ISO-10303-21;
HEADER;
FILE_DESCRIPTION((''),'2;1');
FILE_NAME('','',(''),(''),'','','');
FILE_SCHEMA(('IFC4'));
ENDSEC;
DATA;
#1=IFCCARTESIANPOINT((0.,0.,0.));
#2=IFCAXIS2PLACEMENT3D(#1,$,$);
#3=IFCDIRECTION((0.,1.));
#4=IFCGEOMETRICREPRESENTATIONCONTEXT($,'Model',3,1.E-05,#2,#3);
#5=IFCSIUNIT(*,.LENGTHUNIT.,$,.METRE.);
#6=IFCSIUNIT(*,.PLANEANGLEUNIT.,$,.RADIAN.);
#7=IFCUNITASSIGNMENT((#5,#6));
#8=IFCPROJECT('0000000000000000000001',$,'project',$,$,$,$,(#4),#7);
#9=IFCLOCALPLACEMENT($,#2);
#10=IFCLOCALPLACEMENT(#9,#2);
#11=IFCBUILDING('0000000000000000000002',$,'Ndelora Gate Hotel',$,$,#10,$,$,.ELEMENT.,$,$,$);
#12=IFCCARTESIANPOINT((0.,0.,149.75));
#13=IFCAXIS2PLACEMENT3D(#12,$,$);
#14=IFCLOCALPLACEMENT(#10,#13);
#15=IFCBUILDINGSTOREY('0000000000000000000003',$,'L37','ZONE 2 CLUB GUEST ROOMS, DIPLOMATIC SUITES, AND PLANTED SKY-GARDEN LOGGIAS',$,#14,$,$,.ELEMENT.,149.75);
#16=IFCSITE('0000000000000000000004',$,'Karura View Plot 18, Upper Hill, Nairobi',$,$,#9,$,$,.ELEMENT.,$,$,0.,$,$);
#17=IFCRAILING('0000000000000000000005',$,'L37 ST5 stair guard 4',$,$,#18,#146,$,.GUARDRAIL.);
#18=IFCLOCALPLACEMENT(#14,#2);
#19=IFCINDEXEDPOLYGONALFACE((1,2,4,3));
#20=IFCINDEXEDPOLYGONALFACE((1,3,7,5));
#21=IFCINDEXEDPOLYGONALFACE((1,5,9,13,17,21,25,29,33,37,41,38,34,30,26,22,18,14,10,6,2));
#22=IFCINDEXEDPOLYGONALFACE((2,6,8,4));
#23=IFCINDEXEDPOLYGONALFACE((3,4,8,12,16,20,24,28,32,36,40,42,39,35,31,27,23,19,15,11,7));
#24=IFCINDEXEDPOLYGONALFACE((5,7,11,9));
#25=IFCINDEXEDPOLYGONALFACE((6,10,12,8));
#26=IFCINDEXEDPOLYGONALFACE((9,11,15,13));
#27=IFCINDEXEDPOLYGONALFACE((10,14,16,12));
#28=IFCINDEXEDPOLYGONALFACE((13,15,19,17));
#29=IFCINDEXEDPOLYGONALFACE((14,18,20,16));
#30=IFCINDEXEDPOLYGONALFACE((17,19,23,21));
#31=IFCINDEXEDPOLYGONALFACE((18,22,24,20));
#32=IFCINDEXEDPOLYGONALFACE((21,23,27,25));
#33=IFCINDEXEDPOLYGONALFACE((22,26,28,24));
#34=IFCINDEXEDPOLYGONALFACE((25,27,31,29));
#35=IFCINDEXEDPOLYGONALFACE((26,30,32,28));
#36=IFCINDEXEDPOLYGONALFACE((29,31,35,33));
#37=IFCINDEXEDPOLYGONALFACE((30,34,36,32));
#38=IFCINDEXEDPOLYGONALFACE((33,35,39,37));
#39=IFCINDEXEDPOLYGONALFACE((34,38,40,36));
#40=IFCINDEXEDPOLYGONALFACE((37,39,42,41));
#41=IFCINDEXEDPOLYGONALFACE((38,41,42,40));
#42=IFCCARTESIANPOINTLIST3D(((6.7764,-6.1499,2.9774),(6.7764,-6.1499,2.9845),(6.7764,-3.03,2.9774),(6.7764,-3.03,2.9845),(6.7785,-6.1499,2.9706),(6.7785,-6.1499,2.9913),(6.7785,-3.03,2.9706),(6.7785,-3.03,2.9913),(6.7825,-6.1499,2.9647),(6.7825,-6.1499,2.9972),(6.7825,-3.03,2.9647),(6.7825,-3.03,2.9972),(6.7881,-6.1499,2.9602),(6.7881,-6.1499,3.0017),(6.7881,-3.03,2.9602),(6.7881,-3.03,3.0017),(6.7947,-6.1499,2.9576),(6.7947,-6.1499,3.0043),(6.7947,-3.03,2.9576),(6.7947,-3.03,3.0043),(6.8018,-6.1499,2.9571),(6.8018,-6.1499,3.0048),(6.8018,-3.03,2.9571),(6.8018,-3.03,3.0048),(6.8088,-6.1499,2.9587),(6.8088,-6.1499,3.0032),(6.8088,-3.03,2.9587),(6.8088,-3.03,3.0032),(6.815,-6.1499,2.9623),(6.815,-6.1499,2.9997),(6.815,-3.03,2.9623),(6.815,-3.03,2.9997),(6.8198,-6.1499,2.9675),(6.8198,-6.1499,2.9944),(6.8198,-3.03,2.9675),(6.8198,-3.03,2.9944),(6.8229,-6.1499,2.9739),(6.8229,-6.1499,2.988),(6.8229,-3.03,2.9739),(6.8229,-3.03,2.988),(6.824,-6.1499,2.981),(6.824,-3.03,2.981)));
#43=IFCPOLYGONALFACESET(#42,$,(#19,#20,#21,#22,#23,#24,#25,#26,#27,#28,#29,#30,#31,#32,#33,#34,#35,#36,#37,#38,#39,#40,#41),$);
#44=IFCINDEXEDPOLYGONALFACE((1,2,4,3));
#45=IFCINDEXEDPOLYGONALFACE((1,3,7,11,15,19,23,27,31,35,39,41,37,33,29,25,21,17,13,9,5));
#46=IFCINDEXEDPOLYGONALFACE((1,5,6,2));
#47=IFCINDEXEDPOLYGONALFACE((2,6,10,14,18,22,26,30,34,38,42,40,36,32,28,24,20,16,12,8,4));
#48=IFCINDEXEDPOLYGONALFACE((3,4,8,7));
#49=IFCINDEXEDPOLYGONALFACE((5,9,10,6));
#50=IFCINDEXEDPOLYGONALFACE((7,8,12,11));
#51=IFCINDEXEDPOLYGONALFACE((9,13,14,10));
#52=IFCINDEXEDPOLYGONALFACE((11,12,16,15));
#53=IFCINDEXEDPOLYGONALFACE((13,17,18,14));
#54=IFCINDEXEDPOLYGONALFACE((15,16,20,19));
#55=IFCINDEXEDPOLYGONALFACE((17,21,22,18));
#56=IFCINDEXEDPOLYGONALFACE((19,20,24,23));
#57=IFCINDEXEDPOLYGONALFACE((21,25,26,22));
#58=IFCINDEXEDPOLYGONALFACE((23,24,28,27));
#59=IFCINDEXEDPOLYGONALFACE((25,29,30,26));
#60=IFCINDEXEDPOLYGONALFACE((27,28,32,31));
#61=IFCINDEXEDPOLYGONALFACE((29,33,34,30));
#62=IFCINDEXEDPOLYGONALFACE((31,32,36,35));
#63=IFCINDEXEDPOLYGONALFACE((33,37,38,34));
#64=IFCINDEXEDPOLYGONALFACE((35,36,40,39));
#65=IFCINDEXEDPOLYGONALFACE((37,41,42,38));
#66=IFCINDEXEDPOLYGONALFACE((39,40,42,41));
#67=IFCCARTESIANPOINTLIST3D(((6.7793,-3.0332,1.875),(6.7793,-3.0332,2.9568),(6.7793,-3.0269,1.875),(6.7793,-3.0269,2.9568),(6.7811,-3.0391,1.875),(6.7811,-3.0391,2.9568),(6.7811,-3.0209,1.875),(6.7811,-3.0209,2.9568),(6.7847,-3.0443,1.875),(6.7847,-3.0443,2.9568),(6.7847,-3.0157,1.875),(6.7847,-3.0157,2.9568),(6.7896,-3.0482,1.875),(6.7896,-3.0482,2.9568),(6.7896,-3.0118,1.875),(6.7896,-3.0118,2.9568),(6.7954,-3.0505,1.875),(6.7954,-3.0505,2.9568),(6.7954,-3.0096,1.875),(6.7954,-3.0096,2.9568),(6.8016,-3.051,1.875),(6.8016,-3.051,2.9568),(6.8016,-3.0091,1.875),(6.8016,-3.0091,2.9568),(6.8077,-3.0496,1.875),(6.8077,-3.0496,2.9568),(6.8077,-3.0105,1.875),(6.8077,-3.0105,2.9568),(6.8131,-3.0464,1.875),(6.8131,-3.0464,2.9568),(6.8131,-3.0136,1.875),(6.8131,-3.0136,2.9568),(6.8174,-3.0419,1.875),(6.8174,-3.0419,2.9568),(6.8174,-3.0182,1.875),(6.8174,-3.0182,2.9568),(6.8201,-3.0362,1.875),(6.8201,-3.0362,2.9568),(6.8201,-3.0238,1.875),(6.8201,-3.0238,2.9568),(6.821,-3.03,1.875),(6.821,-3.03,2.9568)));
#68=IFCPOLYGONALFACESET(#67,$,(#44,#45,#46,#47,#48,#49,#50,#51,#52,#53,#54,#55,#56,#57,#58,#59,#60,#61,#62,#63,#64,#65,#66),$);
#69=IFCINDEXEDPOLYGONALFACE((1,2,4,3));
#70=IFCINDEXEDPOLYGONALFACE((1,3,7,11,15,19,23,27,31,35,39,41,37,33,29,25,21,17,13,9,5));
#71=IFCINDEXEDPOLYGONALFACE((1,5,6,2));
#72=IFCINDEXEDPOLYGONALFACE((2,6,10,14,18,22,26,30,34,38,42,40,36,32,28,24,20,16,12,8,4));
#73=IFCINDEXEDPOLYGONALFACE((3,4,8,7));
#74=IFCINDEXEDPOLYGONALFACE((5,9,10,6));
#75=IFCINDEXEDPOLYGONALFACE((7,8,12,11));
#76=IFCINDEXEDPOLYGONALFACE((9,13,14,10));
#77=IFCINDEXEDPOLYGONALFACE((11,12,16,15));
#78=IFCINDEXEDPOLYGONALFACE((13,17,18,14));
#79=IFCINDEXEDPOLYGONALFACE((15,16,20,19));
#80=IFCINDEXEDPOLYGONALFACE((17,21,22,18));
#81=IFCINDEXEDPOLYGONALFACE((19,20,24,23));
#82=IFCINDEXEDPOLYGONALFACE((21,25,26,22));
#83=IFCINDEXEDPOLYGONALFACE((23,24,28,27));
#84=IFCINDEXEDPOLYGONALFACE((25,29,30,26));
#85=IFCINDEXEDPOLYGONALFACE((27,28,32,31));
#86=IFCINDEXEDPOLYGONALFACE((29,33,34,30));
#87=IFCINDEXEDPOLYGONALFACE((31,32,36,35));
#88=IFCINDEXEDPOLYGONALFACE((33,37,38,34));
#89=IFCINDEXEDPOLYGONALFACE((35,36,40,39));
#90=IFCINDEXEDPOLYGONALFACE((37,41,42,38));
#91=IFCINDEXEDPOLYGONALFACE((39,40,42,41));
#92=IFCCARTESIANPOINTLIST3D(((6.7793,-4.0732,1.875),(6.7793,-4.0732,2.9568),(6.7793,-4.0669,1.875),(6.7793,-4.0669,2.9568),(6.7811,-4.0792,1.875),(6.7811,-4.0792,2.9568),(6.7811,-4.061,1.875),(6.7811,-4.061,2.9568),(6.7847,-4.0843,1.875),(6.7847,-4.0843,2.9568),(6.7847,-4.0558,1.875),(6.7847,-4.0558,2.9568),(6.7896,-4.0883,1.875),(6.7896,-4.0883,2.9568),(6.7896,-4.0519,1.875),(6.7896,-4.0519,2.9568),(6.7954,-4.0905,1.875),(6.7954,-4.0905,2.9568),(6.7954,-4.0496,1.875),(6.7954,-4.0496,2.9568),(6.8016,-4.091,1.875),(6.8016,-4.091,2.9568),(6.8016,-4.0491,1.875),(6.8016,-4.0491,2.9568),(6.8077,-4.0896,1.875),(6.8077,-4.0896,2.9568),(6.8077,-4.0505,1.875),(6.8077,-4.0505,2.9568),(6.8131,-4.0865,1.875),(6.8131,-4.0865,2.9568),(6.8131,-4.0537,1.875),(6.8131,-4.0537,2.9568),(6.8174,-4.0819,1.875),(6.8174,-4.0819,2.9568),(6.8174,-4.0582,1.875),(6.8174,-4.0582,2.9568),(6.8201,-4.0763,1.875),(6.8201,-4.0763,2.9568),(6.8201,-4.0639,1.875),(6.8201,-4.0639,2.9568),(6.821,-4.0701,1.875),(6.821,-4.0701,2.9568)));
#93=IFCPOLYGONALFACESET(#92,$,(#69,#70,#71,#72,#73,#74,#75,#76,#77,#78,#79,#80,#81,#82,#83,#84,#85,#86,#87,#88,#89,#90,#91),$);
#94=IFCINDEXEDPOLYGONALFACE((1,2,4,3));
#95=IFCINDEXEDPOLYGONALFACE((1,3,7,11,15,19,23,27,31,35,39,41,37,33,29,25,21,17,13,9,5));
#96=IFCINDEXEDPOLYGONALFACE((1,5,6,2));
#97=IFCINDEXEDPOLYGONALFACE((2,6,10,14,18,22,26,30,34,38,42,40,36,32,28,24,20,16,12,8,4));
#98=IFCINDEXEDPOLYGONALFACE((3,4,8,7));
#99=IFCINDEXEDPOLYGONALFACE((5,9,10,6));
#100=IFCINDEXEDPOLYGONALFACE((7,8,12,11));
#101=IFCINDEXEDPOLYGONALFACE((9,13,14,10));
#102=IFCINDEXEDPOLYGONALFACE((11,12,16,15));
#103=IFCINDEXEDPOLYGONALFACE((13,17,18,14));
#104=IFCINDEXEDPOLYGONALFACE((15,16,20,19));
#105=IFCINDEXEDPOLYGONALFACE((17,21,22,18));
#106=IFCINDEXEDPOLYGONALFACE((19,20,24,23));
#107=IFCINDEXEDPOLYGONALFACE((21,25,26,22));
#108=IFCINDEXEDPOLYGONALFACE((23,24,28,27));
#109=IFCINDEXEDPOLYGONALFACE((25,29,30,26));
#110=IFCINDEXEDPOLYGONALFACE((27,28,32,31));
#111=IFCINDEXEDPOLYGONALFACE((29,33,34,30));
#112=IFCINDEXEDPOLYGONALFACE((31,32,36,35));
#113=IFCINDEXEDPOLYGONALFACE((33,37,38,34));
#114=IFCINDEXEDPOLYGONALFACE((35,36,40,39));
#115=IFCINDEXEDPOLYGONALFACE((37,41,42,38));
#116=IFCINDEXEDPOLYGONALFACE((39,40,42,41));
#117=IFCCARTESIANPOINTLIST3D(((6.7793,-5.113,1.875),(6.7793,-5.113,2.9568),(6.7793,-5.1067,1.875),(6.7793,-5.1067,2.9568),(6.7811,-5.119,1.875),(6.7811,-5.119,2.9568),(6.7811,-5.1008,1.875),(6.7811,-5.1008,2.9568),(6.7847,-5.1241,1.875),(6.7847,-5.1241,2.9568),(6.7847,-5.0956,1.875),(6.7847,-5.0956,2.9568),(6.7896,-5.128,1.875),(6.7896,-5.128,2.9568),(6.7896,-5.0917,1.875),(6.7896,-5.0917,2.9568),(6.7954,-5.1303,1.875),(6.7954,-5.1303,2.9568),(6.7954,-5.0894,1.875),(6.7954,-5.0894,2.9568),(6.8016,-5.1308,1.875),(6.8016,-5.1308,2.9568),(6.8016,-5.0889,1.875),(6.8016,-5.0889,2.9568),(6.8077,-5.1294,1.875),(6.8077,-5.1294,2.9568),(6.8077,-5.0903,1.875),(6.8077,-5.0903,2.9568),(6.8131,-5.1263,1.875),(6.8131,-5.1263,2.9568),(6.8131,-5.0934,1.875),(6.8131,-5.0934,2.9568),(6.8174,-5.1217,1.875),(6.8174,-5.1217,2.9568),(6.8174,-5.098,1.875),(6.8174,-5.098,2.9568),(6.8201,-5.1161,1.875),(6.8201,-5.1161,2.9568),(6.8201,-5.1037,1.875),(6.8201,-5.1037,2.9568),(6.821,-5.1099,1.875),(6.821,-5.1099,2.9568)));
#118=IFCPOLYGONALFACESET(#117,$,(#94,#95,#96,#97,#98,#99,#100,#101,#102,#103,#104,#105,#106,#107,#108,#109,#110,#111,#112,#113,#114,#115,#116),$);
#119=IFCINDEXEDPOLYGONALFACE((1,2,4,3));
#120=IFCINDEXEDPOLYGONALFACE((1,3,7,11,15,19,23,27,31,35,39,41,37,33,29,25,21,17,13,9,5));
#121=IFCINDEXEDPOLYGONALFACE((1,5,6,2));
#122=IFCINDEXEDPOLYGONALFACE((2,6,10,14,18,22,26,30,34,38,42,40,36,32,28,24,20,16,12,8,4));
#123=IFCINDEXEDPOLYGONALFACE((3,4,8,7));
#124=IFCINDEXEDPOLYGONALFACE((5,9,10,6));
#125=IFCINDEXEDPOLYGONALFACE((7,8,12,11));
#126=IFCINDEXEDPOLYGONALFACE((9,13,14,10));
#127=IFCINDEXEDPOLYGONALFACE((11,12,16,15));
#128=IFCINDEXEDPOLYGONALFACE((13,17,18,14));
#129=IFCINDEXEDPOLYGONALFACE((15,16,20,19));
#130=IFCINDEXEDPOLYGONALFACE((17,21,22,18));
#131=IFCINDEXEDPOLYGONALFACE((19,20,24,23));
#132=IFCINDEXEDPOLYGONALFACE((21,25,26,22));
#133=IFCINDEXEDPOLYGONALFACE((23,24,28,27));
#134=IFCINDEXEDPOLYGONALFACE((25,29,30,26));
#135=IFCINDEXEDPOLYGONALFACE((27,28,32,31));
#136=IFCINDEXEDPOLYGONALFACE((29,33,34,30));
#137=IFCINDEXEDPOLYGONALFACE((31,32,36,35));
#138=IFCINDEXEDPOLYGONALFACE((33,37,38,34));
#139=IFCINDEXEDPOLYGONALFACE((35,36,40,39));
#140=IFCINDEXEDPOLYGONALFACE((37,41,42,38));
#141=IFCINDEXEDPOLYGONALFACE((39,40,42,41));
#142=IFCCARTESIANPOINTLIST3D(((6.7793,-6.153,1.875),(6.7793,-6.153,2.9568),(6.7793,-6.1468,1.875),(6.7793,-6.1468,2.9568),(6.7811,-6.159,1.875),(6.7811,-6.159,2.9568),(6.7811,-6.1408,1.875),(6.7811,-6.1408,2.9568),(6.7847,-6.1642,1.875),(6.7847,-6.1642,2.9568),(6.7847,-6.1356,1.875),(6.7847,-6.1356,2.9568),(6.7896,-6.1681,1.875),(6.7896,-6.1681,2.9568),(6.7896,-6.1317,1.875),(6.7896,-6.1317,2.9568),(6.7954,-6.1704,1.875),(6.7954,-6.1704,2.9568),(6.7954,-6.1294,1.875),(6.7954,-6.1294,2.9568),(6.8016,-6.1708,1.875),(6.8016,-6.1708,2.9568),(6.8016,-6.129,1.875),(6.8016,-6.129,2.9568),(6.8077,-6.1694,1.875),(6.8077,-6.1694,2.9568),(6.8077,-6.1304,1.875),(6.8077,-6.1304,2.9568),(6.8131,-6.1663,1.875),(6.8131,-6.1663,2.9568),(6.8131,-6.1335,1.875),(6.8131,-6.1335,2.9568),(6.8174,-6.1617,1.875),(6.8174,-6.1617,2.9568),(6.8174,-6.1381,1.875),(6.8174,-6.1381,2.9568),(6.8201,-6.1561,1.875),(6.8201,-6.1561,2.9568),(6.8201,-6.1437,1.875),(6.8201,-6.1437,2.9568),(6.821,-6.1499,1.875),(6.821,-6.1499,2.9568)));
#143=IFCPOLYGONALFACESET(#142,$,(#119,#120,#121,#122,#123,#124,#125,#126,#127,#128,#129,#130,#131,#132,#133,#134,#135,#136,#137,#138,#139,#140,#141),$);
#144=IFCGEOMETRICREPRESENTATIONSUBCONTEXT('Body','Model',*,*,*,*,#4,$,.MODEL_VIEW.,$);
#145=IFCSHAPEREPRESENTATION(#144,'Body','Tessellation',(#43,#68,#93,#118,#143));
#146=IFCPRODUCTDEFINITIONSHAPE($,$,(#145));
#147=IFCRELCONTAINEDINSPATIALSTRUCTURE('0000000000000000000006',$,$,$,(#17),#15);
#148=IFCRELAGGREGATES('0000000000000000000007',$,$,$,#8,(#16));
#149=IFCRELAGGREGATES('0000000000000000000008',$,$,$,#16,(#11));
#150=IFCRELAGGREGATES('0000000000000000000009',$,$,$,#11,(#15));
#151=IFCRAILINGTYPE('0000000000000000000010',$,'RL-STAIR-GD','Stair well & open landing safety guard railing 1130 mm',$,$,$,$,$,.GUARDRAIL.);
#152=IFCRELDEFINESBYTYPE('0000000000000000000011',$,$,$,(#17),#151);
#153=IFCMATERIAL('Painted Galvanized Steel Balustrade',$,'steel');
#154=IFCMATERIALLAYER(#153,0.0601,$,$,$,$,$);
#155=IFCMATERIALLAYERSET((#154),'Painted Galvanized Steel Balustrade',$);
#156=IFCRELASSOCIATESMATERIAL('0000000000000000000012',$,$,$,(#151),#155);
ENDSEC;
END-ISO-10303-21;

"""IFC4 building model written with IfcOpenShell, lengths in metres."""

from ifc_helpers import new_model, si_unit, direction, frame, origin, origin_2d, place, context, subcontext, project, spatial, circle, extrude, material, layer, layer_set, type_object, element, save


model = new_model("IFC4")

# Units and contexts
model_context = context("Model", 3, precision=1e-05, world=origin(), true_north=direction((0.0, 1.0)))
body_context = subcontext(model_context, "Body", "Model", "MODEL_VIEW")
ifc_project = project(units=[si_unit("LENGTHUNIT", "METRE"), si_unit("PLANEANGLEUNIT", "RADIAN")], contexts=[model_context])

# Site, building, storey
site_placement = place(None, origin())
site = spatial("IfcSite", under=ifc_project, at=site_placement, Name="Karura View Plot 18, Upper Hill, Nairobi", CompositionType="ELEMENT", RefElevation=0.0)
building_placement = place(site_placement, origin())
building = spatial("IfcBuilding", under=site, at=building_placement, Name="Ndelora Gate Hotel", CompositionType="ELEMENT")
storey_placement = place(building_placement, frame((0.0, 0.0, 149.75)))
storey = spatial("IfcBuildingStorey", under=building, at=storey_placement, Name="L37", Description="ZONE 2 CLUB GUEST ROOMS, DIPLOMATIC SUITES, AND PLANTED SKY-GARDEN LOGGIAS", CompositionType="ELEMENT", Elevation=149.75)

# Railing
ifc_material_1 = material(Name="Painted Galvanized Steel Balustrade", Category="steel")
ifc_layer_1 = layer(ifc_material_1, 0.0601)
ifc_layer_set_1 = layer_set([ifc_layer_1], Name="Painted Galvanized Steel Balustrade")
railing_type_1 = type_object("IfcRailingType", Name="RL-STAIR-GD", Description="Stair well & open landing safety guard railing 1130 mm", PredefinedType="GUARDRAIL", material=ifc_layer_set_1)
for number, where, name in (
    (1, (6.8, -3.03, 1.875), "L37 ST5 stair guard 4"),
):
    element("IfcRailing", number, at=place(storey_placement, frame(where)), inside=storey, type_object=railing_type_1, Name=name, PredefinedType="GUARDRAIL", context=body_context, shape_type="SweptSolid", body=[
        extrude(circle(Radius=0.0239, at=origin_2d()), frame((0.0, 0.0, 1.106), z_axis=(0.0, -1.0, 0.0), x_axis=(1.0, 0.0, 0.0)), (0.0, 0.0, 1.0), 3.1199),
        extrude(circle(Radius=0.021, at=origin_2d()), origin(), (0.0, 0.0, 1.0), 1.0818),
        extrude(circle(Radius=0.021, at=origin_2d()), frame((0.0, -1.04, 0.0)), (0.0, 0.0, 1.0), 1.0818),
        extrude(circle(Radius=0.021, at=origin_2d()), frame((0.0, -2.0798, 0.0)), (0.0, 0.0, 1.0), 1.0818),
        extrude(circle(Radius=0.021, at=origin_2d()), frame((0.0, -3.1199, 0.0)), (0.0, 0.0, 1.0), 1.0818),
    ])

save(model, "model.ifc")
